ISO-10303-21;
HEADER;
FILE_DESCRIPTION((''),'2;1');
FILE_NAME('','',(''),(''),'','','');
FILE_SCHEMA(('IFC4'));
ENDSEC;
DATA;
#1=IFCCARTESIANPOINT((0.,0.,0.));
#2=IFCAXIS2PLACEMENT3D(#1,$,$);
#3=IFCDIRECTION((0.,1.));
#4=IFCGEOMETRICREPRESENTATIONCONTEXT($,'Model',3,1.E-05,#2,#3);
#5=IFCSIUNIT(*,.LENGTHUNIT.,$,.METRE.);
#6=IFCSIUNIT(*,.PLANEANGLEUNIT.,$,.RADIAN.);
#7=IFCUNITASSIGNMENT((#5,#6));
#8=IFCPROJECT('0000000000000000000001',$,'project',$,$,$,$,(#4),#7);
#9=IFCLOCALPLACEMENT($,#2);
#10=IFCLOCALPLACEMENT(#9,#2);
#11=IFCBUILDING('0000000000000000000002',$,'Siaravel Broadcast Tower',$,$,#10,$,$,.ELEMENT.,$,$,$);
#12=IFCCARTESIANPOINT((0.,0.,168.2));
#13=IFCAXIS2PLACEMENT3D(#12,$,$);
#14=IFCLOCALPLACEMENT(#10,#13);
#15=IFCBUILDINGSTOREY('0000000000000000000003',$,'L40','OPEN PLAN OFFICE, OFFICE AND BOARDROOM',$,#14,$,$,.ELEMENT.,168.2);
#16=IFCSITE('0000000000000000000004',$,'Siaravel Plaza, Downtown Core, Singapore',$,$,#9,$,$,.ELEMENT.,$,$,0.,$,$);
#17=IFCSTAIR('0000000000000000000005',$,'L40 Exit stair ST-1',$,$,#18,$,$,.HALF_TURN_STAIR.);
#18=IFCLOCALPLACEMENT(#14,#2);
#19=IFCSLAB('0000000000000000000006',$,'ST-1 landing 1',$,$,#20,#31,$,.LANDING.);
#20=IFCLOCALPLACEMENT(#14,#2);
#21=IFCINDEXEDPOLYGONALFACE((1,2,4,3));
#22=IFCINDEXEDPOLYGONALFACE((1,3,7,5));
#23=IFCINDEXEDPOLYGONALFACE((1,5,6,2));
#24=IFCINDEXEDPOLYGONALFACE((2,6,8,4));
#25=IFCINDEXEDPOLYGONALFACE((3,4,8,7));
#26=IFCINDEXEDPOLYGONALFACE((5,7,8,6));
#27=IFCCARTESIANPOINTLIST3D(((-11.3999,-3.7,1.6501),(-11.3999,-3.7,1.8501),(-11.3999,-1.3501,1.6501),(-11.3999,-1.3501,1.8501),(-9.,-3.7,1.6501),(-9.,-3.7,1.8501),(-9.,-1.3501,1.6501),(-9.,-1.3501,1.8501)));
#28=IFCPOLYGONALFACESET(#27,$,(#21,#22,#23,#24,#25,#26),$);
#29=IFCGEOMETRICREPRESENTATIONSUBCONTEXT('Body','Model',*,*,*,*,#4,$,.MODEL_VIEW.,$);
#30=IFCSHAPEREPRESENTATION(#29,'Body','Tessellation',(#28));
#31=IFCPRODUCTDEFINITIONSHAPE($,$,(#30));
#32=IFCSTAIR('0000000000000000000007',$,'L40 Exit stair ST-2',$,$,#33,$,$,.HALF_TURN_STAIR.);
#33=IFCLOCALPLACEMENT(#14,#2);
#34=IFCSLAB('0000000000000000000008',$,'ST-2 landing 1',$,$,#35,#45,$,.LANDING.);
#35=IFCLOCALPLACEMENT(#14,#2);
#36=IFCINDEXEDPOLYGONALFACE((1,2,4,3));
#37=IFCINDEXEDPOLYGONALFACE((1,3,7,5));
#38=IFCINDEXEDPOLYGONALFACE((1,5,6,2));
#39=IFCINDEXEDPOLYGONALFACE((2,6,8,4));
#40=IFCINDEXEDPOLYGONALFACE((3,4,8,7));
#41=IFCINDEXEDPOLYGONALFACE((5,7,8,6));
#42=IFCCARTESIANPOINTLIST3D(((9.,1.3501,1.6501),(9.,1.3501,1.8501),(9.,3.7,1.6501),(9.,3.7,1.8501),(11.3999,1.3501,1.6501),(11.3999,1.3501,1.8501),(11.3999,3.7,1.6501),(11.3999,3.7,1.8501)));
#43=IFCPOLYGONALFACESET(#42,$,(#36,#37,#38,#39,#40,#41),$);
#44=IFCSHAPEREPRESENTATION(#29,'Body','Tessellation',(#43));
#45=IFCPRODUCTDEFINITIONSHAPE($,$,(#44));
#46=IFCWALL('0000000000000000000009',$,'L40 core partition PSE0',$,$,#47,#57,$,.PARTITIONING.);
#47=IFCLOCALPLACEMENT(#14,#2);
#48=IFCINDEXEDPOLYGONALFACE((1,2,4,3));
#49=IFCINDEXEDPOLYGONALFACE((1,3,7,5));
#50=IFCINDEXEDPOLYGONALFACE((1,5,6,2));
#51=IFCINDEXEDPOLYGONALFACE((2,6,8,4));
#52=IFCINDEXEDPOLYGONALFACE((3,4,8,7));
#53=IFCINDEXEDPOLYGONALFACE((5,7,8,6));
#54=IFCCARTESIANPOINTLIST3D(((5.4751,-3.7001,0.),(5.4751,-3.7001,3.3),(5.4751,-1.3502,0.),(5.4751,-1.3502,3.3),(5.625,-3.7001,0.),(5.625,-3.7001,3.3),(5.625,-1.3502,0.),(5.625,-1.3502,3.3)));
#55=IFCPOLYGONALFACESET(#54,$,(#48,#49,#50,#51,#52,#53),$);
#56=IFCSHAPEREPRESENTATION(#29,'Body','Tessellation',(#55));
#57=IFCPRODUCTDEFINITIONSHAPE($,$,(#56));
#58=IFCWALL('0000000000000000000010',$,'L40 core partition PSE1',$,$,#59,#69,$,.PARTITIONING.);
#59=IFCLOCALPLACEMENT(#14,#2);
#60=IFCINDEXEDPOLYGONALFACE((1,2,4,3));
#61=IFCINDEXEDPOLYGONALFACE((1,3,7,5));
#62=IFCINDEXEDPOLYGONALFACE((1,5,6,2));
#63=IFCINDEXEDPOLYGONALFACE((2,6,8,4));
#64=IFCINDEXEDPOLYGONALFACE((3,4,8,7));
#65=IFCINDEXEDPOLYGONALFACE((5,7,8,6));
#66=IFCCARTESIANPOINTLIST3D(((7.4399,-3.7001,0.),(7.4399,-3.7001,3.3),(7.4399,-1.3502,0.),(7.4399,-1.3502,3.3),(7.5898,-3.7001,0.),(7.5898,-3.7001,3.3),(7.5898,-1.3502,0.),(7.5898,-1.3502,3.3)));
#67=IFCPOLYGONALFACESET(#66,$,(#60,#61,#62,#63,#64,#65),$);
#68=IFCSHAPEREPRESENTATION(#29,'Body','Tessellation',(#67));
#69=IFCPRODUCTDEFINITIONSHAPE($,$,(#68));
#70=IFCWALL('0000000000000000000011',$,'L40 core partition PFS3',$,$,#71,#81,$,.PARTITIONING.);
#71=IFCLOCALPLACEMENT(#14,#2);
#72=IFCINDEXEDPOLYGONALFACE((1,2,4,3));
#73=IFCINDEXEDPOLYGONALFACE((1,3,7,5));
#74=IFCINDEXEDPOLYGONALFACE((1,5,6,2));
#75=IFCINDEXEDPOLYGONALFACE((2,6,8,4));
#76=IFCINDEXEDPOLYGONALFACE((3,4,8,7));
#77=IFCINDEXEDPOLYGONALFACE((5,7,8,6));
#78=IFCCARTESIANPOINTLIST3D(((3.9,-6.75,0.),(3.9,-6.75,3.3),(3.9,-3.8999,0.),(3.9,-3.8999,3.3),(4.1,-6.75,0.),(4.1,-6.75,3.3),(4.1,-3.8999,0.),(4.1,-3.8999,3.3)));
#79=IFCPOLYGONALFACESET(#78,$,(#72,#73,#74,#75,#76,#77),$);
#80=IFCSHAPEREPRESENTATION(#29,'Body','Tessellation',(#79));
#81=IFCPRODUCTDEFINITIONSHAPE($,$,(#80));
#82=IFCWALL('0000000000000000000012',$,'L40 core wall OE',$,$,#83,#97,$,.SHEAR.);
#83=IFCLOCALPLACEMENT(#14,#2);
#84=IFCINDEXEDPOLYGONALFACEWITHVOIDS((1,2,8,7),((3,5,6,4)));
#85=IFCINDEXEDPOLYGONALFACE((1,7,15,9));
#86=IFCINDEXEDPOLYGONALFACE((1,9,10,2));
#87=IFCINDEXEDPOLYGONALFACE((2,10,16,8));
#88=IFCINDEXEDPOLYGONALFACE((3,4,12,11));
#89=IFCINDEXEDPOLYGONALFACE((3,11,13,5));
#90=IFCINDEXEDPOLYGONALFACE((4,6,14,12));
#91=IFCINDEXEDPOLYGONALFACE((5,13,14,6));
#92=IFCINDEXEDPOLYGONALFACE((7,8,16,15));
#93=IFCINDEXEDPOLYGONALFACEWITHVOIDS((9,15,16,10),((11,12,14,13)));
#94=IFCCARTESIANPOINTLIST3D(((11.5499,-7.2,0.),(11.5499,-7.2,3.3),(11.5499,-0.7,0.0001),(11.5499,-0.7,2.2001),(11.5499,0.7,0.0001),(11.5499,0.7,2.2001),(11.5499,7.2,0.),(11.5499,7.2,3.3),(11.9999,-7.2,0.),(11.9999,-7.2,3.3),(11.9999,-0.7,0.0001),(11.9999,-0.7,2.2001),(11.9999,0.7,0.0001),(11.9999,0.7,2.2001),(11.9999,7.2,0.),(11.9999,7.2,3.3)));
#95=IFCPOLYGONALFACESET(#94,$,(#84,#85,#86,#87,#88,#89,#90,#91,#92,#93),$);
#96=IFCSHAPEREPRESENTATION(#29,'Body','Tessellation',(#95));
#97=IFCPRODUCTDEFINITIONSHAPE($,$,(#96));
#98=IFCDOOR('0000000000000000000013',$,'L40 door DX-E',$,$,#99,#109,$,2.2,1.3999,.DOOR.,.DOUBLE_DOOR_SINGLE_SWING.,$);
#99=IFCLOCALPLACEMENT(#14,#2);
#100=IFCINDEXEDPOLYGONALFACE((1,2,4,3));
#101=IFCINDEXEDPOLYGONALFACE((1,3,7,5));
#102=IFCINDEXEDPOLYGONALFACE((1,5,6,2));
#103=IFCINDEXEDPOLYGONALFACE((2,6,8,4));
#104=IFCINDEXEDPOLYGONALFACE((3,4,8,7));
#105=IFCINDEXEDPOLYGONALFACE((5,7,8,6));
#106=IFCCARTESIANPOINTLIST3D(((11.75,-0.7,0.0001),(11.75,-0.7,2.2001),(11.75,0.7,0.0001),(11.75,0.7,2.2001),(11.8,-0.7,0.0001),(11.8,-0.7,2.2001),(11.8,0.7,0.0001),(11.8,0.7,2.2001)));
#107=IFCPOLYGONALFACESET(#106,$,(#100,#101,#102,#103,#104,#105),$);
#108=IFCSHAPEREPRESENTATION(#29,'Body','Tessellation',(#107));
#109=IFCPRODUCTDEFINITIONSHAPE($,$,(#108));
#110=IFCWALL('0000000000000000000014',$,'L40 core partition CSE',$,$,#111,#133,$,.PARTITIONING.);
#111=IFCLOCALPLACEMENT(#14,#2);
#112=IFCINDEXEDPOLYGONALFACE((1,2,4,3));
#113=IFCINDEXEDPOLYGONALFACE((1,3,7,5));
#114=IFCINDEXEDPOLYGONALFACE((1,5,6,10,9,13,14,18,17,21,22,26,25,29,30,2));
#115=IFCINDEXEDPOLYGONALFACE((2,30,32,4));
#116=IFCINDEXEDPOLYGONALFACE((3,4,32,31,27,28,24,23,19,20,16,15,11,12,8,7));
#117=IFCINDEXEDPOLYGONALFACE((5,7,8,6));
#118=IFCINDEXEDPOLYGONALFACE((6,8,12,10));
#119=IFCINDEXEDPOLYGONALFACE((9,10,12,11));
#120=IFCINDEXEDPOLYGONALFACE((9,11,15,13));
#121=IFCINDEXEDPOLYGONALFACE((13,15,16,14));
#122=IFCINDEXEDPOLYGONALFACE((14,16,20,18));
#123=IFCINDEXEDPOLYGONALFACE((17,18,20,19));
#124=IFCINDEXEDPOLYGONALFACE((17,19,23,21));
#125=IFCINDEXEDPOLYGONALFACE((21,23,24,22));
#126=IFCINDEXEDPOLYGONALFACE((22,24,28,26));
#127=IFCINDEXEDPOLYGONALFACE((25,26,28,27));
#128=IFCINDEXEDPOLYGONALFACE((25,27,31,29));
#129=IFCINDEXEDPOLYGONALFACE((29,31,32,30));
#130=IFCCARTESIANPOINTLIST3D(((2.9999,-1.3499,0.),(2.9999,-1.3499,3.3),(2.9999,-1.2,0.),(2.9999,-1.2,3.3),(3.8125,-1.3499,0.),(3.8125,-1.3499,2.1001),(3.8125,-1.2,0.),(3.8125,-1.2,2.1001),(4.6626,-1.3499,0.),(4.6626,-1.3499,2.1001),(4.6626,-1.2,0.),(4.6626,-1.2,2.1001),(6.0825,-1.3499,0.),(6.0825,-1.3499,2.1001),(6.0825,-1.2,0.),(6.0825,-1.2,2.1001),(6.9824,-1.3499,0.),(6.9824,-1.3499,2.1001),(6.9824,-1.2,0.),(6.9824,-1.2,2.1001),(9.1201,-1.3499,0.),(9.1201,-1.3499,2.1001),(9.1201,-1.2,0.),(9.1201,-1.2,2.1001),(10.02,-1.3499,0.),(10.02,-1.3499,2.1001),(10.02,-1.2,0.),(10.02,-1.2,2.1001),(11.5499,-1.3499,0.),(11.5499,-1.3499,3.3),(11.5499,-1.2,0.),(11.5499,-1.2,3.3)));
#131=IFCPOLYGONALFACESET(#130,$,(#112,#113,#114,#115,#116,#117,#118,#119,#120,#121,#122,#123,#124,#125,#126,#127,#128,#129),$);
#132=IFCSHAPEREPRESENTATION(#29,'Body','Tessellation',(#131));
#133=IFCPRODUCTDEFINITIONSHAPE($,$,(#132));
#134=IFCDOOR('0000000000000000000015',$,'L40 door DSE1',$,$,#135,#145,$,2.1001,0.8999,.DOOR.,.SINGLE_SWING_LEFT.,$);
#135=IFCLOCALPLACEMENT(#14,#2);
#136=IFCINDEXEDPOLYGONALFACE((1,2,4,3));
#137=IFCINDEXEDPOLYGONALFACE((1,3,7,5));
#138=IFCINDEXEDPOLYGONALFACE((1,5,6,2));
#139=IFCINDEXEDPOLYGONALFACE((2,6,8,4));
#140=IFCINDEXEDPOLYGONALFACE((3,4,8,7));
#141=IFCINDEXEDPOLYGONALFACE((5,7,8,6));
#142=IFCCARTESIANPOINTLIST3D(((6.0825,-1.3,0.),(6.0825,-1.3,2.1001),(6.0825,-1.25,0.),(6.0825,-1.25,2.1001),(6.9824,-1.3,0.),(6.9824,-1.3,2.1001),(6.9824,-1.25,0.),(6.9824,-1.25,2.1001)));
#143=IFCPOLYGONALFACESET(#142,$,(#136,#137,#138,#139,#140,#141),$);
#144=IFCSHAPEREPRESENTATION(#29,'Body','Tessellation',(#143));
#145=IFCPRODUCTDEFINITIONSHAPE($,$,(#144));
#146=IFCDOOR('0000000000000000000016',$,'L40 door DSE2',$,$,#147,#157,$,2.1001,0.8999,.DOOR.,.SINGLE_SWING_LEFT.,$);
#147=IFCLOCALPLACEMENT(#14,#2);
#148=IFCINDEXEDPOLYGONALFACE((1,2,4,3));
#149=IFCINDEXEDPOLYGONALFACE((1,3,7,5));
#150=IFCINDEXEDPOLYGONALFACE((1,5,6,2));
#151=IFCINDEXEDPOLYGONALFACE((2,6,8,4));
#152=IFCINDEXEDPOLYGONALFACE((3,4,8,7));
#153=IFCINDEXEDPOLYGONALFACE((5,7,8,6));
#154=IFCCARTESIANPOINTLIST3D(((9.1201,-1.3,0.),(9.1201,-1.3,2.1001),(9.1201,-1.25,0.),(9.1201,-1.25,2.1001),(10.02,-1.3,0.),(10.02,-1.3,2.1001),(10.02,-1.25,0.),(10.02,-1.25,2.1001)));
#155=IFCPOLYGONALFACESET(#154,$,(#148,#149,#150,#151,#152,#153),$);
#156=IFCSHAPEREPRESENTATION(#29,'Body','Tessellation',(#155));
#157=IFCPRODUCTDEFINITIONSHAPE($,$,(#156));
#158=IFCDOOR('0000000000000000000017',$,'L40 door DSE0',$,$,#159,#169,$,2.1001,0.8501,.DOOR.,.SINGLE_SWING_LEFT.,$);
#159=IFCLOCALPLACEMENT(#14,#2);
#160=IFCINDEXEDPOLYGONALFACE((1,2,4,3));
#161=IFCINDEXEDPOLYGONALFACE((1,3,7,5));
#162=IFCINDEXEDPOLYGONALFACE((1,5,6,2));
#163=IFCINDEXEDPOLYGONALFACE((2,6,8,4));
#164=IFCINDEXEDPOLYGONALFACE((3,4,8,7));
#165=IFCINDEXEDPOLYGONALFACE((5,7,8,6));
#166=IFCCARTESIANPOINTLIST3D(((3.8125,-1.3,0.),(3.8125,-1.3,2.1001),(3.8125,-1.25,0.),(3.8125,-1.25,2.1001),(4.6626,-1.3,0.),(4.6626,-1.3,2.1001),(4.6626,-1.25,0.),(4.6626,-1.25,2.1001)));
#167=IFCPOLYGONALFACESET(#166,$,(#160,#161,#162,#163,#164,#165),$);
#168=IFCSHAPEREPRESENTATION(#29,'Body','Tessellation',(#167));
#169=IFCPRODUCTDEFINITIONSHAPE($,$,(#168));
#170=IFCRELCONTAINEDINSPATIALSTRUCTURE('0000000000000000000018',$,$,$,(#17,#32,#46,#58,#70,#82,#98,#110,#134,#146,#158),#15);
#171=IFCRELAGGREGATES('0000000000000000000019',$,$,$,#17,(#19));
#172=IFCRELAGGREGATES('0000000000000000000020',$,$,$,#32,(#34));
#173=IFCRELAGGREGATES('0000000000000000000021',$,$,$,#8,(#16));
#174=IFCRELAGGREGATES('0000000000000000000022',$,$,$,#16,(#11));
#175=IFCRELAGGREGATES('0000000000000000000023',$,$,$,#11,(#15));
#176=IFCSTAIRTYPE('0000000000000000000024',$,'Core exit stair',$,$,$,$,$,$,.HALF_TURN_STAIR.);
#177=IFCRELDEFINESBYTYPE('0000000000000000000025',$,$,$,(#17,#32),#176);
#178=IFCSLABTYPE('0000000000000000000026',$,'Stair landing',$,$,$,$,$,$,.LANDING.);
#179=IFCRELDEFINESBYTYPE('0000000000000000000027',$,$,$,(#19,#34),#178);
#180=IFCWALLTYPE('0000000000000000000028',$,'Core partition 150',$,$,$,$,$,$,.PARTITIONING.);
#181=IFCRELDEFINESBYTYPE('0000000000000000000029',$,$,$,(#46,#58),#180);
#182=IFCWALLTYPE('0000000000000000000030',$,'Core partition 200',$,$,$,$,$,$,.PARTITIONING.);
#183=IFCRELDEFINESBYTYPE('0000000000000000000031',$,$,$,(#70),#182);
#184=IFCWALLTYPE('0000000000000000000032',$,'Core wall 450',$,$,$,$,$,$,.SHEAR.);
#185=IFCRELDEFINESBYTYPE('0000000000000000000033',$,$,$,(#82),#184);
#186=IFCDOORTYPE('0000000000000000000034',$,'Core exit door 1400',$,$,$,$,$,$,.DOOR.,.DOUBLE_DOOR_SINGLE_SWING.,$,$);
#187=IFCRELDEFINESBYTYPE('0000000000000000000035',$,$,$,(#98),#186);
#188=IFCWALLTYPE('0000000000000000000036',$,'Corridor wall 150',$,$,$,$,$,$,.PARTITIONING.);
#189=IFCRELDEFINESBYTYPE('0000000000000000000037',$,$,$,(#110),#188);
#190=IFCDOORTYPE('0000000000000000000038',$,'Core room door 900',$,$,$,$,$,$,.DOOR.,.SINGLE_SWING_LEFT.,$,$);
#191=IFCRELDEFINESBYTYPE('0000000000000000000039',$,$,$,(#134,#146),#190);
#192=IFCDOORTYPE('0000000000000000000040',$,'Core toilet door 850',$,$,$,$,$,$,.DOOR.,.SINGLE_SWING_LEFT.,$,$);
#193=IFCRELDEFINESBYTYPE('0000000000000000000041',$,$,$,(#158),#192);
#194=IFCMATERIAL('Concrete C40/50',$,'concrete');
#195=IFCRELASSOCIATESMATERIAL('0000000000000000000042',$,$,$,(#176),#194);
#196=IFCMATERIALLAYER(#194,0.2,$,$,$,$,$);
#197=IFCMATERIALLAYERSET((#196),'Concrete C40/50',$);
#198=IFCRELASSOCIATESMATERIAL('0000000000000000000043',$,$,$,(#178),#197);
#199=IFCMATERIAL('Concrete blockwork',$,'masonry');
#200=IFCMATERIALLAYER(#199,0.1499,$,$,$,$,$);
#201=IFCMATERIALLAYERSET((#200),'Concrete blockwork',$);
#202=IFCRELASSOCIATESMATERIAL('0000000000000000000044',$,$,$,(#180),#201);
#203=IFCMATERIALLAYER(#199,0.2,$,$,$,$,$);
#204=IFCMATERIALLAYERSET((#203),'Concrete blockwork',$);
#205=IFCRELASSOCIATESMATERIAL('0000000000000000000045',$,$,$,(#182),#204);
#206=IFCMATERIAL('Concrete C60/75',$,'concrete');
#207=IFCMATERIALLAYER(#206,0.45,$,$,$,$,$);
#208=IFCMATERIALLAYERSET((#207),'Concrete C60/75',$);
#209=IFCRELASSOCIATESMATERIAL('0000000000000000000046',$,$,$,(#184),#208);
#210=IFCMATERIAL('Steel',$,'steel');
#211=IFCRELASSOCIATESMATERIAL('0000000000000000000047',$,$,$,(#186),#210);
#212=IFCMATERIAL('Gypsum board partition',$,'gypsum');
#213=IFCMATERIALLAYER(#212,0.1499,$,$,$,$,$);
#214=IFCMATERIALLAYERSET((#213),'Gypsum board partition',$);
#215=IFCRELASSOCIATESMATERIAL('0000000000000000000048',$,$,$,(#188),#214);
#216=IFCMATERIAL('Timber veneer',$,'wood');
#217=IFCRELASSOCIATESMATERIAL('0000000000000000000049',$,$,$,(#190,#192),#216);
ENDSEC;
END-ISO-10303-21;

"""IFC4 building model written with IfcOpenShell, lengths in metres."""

from ifc_helpers import new_model, si_unit, direction, frame, frame_2d, origin, place, context, subcontext, project, spatial, polyline, rectangle, outline, extrude, material, layer, layer_set, type_object, element, fill, aggregate, save


model = new_model("IFC4")

# Units and contexts
model_context = context("Model", 3, precision=1e-05, world=origin(), true_north=direction((0.0, 1.0)))
body_context = subcontext(model_context, "Body", "Model", "MODEL_VIEW")
ifc_project = project(units=[si_unit("LENGTHUNIT", "METRE"), si_unit("PLANEANGLEUNIT", "RADIAN")], contexts=[model_context])

# Site, building, storey
site_placement = place(None, origin())
site = spatial("IfcSite", under=ifc_project, at=site_placement, Name="Siaravel Plaza, Downtown Core, Singapore", CompositionType="ELEMENT", RefElevation=0.0)
building_placement = place(site_placement, origin())
building = spatial("IfcBuilding", under=site, at=building_placement, Name="Siaravel Broadcast Tower", CompositionType="ELEMENT")
storey_placement = place(building_placement, frame((0.0, 0.0, 168.2)))
storey = spatial("IfcBuildingStorey", under=building, at=storey_placement, Name="L40", Description="OPEN PLAN OFFICE, OFFICE AND BOARDROOM", CompositionType="ELEMENT", Elevation=168.2)

# Shared definitions
ifc_material_1 = material(Name="Concrete C60/75", Category="concrete")

# Shared definitions
ifc_material_2 = material(Name="Concrete C40/50", Category="concrete")

# Stairs, slabs
stair_type = type_object("IfcStairType", Name="Core exit stair", PredefinedType="HALF_TURN_STAIR", material=ifc_material_2)
stair_1_placement = place(storey_placement, origin())
stair_1 = element("IfcStair", 1, at=stair_1_placement, inside=storey, type_object=stair_type, Name="L40 Exit stair ST-1", PredefinedType="HALF_TURN_STAIR")
ifc_layer_1 = layer(ifc_material_2, 0.2)
ifc_layer_set_1 = layer_set([ifc_layer_1], Name="Concrete C40/50")
slab_type_1 = type_object("IfcSlabType", Name="Stair landing", PredefinedType="LANDING", material=ifc_layer_set_1)
slab_1_placement = place(storey_placement, frame((0.0, 0.0, 1.6501)))
slab_1 = element("IfcSlab", 2, at=slab_1_placement, type_object=slab_type_1, Name="ST-1 landing 1", PredefinedType="LANDING", context=body_context, shape_type="SweptSolid", body=[
    extrude(outline(polyline([(-9.0, -1.3501), (-11.3999, -1.3501), (-11.3999, -3.7), (-9.0, -3.7), (-9.0, -1.3501)])), origin(), (0.0, 0.0, 1.0), 0.2),
])
aggregate(stair_1, [slab_1])
stair_2_placement = place(storey_placement, origin())
stair_2 = element("IfcStair", 3, at=stair_2_placement, inside=storey, type_object=stair_type, Name="L40 Exit stair ST-2", PredefinedType="HALF_TURN_STAIR")
slab_2_placement = place(storey_placement, frame((0.0, 0.0, 1.6501)))
slab_2 = element("IfcSlab", 4, at=slab_2_placement, type_object=slab_type_1, Name="ST-2 landing 1", PredefinedType="LANDING", context=body_context, shape_type="SweptSolid", body=[
    extrude(outline(polyline([(9.0, 1.3501), (11.3999, 1.3501), (11.3999, 3.7), (9.0, 3.7), (9.0, 1.3501)])), origin(), (0.0, 0.0, 1.0), 0.2),
])
aggregate(stair_2, [slab_2])

# Walls
ifc_material_3 = material(Name="Concrete blockwork", Category="masonry")
ifc_layer_2 = layer(ifc_material_3, 0.1499)
ifc_layer_set_2 = layer_set([ifc_layer_2], Name="Concrete blockwork")
wall_type_1 = type_object("IfcWallType", Name="Core partition 150", PredefinedType="PARTITIONING", material=ifc_layer_set_2)
for number, where, z_axis, x_axis, name in (
    (5, (5.55, -3.7, 0.0), (0.0, 0.0, 1.0), (0.0, 1.0, 0.0), "L40 core partition PSE0"),
    (6, (7.5149, -3.7, 0.0), (0.0, 0.0, 1.0), (0.0, 1.0, 0.0), "L40 core partition PSE1"),
):
    element("IfcWall", number, at=place(storey_placement, frame(where, z_axis=z_axis, x_axis=x_axis)), inside=storey, type_object=wall_type_1, Name=name, PredefinedType="PARTITIONING", context=body_context, shape_type="SweptSolid", body=[
        extrude(rectangle(XDim=2.3499, YDim=0.1499, at=frame_2d((1.1748, 0.0))), origin(), (0.0, 0.0, 1.0), 3.3),
    ])
ifc_layer_3 = layer(ifc_material_3, 0.2)
ifc_layer_set_3 = layer_set([ifc_layer_3], Name="Concrete blockwork")
wall_type_2 = type_object("IfcWallType", Name="Core partition 200", PredefinedType="PARTITIONING", material=ifc_layer_set_3)
wall_1_placement = place(storey_placement, frame((4.0, -6.75, 0.0), z_axis=(0.0, 0.0, 1.0), x_axis=(0.0, 1.0, 0.0)))
element("IfcWall", 7, at=wall_1_placement, inside=storey, type_object=wall_type_2, Name="L40 core partition PFS3", PredefinedType="PARTITIONING", context=body_context, shape_type="SweptSolid", body=[
    extrude(rectangle(XDim=2.8501, YDim=0.2, at=frame_2d((1.425, 0.0))), origin(), (0.0, 0.0, 1.0), 3.3),
])

# Wall, opening, door
ifc_layer_4 = layer(ifc_material_1, 0.45)
ifc_layer_set_4 = layer_set([ifc_layer_4], Name="Concrete C60/75")
wall_type_3 = type_object("IfcWallType", Name="Core wall 450", PredefinedType="SHEAR", material=ifc_layer_set_4)
wall_2_placement = place(storey_placement, frame((11.7749, -7.2, 0.0), z_axis=(0.0, 0.0, 1.0), x_axis=(0.0, 1.0, 0.0)))
wall_2 = element("IfcWall", 8, at=wall_2_placement, inside=storey, type_object=wall_type_3, Name="L40 core wall OE", PredefinedType="SHEAR", context=body_context, shape_type="SweptSolid", body=[
    extrude(rectangle(XDim=14.3999, YDim=0.45, at=frame_2d((7.2, 0.0))), origin(), (0.0, 0.0, 1.0), 3.3),
])
opening_1_placement = place(wall_2_placement, frame((6.5, 0.0, 0.0)))
opening_1 = element("IfcOpeningElement", 9, at=opening_1_placement, cuts=wall_2, PredefinedType="OPENING", context=body_context, shape_type="SweptSolid", body=[
    extrude(rectangle(XDim=1.3999, YDim=2.2, at=frame_2d((0.7, 1.1001))), frame((0.0, 0.2349, 0.0), z_axis=(0.0, -1.0, 0.0), x_axis=(1.0, 0.0, 0.0)), (0.0, 0.0, 1.0), 0.47),
])
ifc_material_4 = material(Name="Steel", Category="steel")
door_type_1 = type_object("IfcDoorType", Name="Core exit door 1400", OperationType="DOUBLE_DOOR_SINGLE_SWING", PredefinedType="DOOR", material=ifc_material_4)
door_1_placement = place(opening_1_placement, origin())
door_1 = element("IfcDoor", 10, at=door_1_placement, inside=storey, type_object=door_type_1, Name="L40 door DX-E", OperationType="DOUBLE_DOOR_SINGLE_SWING", OverallHeight=2.2, OverallWidth=1.3999, PredefinedType="DOOR", context=body_context, shape_type="SweptSolid", body=[
    extrude(rectangle(XDim=1.3999, YDim=2.2, at=frame_2d((0.7, 1.1001))), frame((0.0, 0.0249, 0.0), z_axis=(0.0, -1.0, 0.0), x_axis=(1.0, 0.0, 0.0)), (0.0, 0.0, 1.0), 0.05),
])
fill(opening_1, door_1)

# Wall, openings, doors
ifc_material_5 = material(Name="Gypsum board partition", Category="gypsum")
ifc_layer_5 = layer(ifc_material_5, 0.1499)
ifc_layer_set_5 = layer_set([ifc_layer_5], Name="Gypsum board partition")
wall_type_4 = type_object("IfcWallType", Name="Corridor wall 150", PredefinedType="PARTITIONING", material=ifc_layer_set_5)
wall_3_placement = place(storey_placement, frame((3.0, -1.2749, 0.0), z_axis=(0.0, 0.0, 1.0), x_axis=(1.0, 0.0, 0.0)))
wall_3 = element("IfcWall", 11, at=wall_3_placement, inside=storey, type_object=wall_type_4, Name="L40 core partition CSE", PredefinedType="PARTITIONING", context=body_context, shape_type="SweptSolid", body=[
    extrude(rectangle(XDim=8.55, YDim=0.1499, at=frame_2d((4.2749, 0.0))), origin(), (0.0, 0.0, 1.0), 3.3),
])
opening_2_placement = place(wall_3_placement, frame((0.8125, 0.0, 0.0)))
opening_2 = element("IfcOpeningElement", 12, at=opening_2_placement, cuts=wall_3, PredefinedType="OPENING", context=body_context, shape_type="SweptSolid", body=[
    extrude(rectangle(XDim=0.8501, YDim=2.1001, at=frame_2d((0.425, 1.05))), frame((0.0, 0.085, 0.0), z_axis=(0.0, -1.0, 0.0), x_axis=(1.0, 0.0, 0.0)), (0.0, 0.0, 1.0), 0.1699),
])
opening_3_placement = place(wall_3_placement, frame((3.0825, 0.0, 0.0)))
opening_3 = element("IfcOpeningElement", 13, at=opening_3_placement, cuts=wall_3, PredefinedType="OPENING", context=body_context, shape_type="SweptSolid", body=[
    extrude(rectangle(XDim=0.8999, YDim=2.1001, at=frame_2d((0.45, 1.05))), frame((0.0, 0.085, 0.0), z_axis=(0.0, -1.0, 0.0), x_axis=(1.0, 0.0, 0.0)), (0.0, 0.0, 1.0), 0.1699),
])
opening_4_placement = place(wall_3_placement, frame((6.1201, 0.0, 0.0)))
opening_4 = element("IfcOpeningElement", 14, at=opening_4_placement, cuts=wall_3, PredefinedType="OPENING", context=body_context, shape_type="SweptSolid", body=[
    extrude(rectangle(XDim=0.8999, YDim=2.1001, at=frame_2d((0.45, 1.05))), frame((0.0, 0.085, 0.0), z_axis=(0.0, -1.0, 0.0), x_axis=(1.0, 0.0, 0.0)), (0.0, 0.0, 1.0), 0.1699),
])
ifc_material_6 = material(Name="Timber veneer", Category="wood")
door_type_2 = type_object("IfcDoorType", Name="Core room door 900", OperationType="SINGLE_SWING_LEFT", PredefinedType="DOOR", material=ifc_material_6)
door_2_placement = place(opening_3_placement, origin())
door_2 = element("IfcDoor", 15, at=door_2_placement, inside=storey, type_object=door_type_2, Name="L40 door DSE1", OperationType="SINGLE_SWING_LEFT", OverallHeight=2.1001, OverallWidth=0.8999, PredefinedType="DOOR", context=body_context, shape_type="SweptSolid", body=[
    extrude(rectangle(XDim=0.8999, YDim=2.1001, at=frame_2d((0.45, 1.05))), frame((0.0, 0.0249, 0.0), z_axis=(0.0, -1.0, 0.0), x_axis=(1.0, 0.0, 0.0)), (0.0, 0.0, 1.0), 0.05),
])
fill(opening_3, door_2)
door_3_placement = place(opening_4_placement, origin())
door_3 = element("IfcDoor", 16, at=door_3_placement, inside=storey, type_object=door_type_2, Name="L40 door DSE2", OperationType="SINGLE_SWING_LEFT", OverallHeight=2.1001, OverallWidth=0.8999, PredefinedType="DOOR", context=body_context, shape_type="SweptSolid", body=[
    extrude(rectangle(XDim=0.8999, YDim=2.1001, at=frame_2d((0.45, 1.05))), frame((0.0, 0.0249, 0.0), z_axis=(0.0, -1.0, 0.0), x_axis=(1.0, 0.0, 0.0)), (0.0, 0.0, 1.0), 0.05),
])
fill(opening_4, door_3)
door_type_3 = type_object("IfcDoorType", Name="Core toilet door 850", OperationType="SINGLE_SWING_LEFT", PredefinedType="DOOR", material=ifc_material_6)
door_4_placement = place(opening_2_placement, origin())
door_4 = element("IfcDoor", 17, at=door_4_placement, inside=storey, type_object=door_type_3, Name="L40 door DSE0", OperationType="SINGLE_SWING_LEFT", OverallHeight=2.1001, OverallWidth=0.8501, PredefinedType="DOOR", context=body_context, shape_type="SweptSolid", body=[
    extrude(rectangle(XDim=0.8501, YDim=2.1001, at=frame_2d((0.425, 1.05))), frame((0.0, 0.0249, 0.0), z_axis=(0.0, -1.0, 0.0), x_axis=(1.0, 0.0, 0.0)), (0.0, 0.0, 1.0), 0.05),
])
fill(opening_2, door_4)

save(model, "model.ifc")
